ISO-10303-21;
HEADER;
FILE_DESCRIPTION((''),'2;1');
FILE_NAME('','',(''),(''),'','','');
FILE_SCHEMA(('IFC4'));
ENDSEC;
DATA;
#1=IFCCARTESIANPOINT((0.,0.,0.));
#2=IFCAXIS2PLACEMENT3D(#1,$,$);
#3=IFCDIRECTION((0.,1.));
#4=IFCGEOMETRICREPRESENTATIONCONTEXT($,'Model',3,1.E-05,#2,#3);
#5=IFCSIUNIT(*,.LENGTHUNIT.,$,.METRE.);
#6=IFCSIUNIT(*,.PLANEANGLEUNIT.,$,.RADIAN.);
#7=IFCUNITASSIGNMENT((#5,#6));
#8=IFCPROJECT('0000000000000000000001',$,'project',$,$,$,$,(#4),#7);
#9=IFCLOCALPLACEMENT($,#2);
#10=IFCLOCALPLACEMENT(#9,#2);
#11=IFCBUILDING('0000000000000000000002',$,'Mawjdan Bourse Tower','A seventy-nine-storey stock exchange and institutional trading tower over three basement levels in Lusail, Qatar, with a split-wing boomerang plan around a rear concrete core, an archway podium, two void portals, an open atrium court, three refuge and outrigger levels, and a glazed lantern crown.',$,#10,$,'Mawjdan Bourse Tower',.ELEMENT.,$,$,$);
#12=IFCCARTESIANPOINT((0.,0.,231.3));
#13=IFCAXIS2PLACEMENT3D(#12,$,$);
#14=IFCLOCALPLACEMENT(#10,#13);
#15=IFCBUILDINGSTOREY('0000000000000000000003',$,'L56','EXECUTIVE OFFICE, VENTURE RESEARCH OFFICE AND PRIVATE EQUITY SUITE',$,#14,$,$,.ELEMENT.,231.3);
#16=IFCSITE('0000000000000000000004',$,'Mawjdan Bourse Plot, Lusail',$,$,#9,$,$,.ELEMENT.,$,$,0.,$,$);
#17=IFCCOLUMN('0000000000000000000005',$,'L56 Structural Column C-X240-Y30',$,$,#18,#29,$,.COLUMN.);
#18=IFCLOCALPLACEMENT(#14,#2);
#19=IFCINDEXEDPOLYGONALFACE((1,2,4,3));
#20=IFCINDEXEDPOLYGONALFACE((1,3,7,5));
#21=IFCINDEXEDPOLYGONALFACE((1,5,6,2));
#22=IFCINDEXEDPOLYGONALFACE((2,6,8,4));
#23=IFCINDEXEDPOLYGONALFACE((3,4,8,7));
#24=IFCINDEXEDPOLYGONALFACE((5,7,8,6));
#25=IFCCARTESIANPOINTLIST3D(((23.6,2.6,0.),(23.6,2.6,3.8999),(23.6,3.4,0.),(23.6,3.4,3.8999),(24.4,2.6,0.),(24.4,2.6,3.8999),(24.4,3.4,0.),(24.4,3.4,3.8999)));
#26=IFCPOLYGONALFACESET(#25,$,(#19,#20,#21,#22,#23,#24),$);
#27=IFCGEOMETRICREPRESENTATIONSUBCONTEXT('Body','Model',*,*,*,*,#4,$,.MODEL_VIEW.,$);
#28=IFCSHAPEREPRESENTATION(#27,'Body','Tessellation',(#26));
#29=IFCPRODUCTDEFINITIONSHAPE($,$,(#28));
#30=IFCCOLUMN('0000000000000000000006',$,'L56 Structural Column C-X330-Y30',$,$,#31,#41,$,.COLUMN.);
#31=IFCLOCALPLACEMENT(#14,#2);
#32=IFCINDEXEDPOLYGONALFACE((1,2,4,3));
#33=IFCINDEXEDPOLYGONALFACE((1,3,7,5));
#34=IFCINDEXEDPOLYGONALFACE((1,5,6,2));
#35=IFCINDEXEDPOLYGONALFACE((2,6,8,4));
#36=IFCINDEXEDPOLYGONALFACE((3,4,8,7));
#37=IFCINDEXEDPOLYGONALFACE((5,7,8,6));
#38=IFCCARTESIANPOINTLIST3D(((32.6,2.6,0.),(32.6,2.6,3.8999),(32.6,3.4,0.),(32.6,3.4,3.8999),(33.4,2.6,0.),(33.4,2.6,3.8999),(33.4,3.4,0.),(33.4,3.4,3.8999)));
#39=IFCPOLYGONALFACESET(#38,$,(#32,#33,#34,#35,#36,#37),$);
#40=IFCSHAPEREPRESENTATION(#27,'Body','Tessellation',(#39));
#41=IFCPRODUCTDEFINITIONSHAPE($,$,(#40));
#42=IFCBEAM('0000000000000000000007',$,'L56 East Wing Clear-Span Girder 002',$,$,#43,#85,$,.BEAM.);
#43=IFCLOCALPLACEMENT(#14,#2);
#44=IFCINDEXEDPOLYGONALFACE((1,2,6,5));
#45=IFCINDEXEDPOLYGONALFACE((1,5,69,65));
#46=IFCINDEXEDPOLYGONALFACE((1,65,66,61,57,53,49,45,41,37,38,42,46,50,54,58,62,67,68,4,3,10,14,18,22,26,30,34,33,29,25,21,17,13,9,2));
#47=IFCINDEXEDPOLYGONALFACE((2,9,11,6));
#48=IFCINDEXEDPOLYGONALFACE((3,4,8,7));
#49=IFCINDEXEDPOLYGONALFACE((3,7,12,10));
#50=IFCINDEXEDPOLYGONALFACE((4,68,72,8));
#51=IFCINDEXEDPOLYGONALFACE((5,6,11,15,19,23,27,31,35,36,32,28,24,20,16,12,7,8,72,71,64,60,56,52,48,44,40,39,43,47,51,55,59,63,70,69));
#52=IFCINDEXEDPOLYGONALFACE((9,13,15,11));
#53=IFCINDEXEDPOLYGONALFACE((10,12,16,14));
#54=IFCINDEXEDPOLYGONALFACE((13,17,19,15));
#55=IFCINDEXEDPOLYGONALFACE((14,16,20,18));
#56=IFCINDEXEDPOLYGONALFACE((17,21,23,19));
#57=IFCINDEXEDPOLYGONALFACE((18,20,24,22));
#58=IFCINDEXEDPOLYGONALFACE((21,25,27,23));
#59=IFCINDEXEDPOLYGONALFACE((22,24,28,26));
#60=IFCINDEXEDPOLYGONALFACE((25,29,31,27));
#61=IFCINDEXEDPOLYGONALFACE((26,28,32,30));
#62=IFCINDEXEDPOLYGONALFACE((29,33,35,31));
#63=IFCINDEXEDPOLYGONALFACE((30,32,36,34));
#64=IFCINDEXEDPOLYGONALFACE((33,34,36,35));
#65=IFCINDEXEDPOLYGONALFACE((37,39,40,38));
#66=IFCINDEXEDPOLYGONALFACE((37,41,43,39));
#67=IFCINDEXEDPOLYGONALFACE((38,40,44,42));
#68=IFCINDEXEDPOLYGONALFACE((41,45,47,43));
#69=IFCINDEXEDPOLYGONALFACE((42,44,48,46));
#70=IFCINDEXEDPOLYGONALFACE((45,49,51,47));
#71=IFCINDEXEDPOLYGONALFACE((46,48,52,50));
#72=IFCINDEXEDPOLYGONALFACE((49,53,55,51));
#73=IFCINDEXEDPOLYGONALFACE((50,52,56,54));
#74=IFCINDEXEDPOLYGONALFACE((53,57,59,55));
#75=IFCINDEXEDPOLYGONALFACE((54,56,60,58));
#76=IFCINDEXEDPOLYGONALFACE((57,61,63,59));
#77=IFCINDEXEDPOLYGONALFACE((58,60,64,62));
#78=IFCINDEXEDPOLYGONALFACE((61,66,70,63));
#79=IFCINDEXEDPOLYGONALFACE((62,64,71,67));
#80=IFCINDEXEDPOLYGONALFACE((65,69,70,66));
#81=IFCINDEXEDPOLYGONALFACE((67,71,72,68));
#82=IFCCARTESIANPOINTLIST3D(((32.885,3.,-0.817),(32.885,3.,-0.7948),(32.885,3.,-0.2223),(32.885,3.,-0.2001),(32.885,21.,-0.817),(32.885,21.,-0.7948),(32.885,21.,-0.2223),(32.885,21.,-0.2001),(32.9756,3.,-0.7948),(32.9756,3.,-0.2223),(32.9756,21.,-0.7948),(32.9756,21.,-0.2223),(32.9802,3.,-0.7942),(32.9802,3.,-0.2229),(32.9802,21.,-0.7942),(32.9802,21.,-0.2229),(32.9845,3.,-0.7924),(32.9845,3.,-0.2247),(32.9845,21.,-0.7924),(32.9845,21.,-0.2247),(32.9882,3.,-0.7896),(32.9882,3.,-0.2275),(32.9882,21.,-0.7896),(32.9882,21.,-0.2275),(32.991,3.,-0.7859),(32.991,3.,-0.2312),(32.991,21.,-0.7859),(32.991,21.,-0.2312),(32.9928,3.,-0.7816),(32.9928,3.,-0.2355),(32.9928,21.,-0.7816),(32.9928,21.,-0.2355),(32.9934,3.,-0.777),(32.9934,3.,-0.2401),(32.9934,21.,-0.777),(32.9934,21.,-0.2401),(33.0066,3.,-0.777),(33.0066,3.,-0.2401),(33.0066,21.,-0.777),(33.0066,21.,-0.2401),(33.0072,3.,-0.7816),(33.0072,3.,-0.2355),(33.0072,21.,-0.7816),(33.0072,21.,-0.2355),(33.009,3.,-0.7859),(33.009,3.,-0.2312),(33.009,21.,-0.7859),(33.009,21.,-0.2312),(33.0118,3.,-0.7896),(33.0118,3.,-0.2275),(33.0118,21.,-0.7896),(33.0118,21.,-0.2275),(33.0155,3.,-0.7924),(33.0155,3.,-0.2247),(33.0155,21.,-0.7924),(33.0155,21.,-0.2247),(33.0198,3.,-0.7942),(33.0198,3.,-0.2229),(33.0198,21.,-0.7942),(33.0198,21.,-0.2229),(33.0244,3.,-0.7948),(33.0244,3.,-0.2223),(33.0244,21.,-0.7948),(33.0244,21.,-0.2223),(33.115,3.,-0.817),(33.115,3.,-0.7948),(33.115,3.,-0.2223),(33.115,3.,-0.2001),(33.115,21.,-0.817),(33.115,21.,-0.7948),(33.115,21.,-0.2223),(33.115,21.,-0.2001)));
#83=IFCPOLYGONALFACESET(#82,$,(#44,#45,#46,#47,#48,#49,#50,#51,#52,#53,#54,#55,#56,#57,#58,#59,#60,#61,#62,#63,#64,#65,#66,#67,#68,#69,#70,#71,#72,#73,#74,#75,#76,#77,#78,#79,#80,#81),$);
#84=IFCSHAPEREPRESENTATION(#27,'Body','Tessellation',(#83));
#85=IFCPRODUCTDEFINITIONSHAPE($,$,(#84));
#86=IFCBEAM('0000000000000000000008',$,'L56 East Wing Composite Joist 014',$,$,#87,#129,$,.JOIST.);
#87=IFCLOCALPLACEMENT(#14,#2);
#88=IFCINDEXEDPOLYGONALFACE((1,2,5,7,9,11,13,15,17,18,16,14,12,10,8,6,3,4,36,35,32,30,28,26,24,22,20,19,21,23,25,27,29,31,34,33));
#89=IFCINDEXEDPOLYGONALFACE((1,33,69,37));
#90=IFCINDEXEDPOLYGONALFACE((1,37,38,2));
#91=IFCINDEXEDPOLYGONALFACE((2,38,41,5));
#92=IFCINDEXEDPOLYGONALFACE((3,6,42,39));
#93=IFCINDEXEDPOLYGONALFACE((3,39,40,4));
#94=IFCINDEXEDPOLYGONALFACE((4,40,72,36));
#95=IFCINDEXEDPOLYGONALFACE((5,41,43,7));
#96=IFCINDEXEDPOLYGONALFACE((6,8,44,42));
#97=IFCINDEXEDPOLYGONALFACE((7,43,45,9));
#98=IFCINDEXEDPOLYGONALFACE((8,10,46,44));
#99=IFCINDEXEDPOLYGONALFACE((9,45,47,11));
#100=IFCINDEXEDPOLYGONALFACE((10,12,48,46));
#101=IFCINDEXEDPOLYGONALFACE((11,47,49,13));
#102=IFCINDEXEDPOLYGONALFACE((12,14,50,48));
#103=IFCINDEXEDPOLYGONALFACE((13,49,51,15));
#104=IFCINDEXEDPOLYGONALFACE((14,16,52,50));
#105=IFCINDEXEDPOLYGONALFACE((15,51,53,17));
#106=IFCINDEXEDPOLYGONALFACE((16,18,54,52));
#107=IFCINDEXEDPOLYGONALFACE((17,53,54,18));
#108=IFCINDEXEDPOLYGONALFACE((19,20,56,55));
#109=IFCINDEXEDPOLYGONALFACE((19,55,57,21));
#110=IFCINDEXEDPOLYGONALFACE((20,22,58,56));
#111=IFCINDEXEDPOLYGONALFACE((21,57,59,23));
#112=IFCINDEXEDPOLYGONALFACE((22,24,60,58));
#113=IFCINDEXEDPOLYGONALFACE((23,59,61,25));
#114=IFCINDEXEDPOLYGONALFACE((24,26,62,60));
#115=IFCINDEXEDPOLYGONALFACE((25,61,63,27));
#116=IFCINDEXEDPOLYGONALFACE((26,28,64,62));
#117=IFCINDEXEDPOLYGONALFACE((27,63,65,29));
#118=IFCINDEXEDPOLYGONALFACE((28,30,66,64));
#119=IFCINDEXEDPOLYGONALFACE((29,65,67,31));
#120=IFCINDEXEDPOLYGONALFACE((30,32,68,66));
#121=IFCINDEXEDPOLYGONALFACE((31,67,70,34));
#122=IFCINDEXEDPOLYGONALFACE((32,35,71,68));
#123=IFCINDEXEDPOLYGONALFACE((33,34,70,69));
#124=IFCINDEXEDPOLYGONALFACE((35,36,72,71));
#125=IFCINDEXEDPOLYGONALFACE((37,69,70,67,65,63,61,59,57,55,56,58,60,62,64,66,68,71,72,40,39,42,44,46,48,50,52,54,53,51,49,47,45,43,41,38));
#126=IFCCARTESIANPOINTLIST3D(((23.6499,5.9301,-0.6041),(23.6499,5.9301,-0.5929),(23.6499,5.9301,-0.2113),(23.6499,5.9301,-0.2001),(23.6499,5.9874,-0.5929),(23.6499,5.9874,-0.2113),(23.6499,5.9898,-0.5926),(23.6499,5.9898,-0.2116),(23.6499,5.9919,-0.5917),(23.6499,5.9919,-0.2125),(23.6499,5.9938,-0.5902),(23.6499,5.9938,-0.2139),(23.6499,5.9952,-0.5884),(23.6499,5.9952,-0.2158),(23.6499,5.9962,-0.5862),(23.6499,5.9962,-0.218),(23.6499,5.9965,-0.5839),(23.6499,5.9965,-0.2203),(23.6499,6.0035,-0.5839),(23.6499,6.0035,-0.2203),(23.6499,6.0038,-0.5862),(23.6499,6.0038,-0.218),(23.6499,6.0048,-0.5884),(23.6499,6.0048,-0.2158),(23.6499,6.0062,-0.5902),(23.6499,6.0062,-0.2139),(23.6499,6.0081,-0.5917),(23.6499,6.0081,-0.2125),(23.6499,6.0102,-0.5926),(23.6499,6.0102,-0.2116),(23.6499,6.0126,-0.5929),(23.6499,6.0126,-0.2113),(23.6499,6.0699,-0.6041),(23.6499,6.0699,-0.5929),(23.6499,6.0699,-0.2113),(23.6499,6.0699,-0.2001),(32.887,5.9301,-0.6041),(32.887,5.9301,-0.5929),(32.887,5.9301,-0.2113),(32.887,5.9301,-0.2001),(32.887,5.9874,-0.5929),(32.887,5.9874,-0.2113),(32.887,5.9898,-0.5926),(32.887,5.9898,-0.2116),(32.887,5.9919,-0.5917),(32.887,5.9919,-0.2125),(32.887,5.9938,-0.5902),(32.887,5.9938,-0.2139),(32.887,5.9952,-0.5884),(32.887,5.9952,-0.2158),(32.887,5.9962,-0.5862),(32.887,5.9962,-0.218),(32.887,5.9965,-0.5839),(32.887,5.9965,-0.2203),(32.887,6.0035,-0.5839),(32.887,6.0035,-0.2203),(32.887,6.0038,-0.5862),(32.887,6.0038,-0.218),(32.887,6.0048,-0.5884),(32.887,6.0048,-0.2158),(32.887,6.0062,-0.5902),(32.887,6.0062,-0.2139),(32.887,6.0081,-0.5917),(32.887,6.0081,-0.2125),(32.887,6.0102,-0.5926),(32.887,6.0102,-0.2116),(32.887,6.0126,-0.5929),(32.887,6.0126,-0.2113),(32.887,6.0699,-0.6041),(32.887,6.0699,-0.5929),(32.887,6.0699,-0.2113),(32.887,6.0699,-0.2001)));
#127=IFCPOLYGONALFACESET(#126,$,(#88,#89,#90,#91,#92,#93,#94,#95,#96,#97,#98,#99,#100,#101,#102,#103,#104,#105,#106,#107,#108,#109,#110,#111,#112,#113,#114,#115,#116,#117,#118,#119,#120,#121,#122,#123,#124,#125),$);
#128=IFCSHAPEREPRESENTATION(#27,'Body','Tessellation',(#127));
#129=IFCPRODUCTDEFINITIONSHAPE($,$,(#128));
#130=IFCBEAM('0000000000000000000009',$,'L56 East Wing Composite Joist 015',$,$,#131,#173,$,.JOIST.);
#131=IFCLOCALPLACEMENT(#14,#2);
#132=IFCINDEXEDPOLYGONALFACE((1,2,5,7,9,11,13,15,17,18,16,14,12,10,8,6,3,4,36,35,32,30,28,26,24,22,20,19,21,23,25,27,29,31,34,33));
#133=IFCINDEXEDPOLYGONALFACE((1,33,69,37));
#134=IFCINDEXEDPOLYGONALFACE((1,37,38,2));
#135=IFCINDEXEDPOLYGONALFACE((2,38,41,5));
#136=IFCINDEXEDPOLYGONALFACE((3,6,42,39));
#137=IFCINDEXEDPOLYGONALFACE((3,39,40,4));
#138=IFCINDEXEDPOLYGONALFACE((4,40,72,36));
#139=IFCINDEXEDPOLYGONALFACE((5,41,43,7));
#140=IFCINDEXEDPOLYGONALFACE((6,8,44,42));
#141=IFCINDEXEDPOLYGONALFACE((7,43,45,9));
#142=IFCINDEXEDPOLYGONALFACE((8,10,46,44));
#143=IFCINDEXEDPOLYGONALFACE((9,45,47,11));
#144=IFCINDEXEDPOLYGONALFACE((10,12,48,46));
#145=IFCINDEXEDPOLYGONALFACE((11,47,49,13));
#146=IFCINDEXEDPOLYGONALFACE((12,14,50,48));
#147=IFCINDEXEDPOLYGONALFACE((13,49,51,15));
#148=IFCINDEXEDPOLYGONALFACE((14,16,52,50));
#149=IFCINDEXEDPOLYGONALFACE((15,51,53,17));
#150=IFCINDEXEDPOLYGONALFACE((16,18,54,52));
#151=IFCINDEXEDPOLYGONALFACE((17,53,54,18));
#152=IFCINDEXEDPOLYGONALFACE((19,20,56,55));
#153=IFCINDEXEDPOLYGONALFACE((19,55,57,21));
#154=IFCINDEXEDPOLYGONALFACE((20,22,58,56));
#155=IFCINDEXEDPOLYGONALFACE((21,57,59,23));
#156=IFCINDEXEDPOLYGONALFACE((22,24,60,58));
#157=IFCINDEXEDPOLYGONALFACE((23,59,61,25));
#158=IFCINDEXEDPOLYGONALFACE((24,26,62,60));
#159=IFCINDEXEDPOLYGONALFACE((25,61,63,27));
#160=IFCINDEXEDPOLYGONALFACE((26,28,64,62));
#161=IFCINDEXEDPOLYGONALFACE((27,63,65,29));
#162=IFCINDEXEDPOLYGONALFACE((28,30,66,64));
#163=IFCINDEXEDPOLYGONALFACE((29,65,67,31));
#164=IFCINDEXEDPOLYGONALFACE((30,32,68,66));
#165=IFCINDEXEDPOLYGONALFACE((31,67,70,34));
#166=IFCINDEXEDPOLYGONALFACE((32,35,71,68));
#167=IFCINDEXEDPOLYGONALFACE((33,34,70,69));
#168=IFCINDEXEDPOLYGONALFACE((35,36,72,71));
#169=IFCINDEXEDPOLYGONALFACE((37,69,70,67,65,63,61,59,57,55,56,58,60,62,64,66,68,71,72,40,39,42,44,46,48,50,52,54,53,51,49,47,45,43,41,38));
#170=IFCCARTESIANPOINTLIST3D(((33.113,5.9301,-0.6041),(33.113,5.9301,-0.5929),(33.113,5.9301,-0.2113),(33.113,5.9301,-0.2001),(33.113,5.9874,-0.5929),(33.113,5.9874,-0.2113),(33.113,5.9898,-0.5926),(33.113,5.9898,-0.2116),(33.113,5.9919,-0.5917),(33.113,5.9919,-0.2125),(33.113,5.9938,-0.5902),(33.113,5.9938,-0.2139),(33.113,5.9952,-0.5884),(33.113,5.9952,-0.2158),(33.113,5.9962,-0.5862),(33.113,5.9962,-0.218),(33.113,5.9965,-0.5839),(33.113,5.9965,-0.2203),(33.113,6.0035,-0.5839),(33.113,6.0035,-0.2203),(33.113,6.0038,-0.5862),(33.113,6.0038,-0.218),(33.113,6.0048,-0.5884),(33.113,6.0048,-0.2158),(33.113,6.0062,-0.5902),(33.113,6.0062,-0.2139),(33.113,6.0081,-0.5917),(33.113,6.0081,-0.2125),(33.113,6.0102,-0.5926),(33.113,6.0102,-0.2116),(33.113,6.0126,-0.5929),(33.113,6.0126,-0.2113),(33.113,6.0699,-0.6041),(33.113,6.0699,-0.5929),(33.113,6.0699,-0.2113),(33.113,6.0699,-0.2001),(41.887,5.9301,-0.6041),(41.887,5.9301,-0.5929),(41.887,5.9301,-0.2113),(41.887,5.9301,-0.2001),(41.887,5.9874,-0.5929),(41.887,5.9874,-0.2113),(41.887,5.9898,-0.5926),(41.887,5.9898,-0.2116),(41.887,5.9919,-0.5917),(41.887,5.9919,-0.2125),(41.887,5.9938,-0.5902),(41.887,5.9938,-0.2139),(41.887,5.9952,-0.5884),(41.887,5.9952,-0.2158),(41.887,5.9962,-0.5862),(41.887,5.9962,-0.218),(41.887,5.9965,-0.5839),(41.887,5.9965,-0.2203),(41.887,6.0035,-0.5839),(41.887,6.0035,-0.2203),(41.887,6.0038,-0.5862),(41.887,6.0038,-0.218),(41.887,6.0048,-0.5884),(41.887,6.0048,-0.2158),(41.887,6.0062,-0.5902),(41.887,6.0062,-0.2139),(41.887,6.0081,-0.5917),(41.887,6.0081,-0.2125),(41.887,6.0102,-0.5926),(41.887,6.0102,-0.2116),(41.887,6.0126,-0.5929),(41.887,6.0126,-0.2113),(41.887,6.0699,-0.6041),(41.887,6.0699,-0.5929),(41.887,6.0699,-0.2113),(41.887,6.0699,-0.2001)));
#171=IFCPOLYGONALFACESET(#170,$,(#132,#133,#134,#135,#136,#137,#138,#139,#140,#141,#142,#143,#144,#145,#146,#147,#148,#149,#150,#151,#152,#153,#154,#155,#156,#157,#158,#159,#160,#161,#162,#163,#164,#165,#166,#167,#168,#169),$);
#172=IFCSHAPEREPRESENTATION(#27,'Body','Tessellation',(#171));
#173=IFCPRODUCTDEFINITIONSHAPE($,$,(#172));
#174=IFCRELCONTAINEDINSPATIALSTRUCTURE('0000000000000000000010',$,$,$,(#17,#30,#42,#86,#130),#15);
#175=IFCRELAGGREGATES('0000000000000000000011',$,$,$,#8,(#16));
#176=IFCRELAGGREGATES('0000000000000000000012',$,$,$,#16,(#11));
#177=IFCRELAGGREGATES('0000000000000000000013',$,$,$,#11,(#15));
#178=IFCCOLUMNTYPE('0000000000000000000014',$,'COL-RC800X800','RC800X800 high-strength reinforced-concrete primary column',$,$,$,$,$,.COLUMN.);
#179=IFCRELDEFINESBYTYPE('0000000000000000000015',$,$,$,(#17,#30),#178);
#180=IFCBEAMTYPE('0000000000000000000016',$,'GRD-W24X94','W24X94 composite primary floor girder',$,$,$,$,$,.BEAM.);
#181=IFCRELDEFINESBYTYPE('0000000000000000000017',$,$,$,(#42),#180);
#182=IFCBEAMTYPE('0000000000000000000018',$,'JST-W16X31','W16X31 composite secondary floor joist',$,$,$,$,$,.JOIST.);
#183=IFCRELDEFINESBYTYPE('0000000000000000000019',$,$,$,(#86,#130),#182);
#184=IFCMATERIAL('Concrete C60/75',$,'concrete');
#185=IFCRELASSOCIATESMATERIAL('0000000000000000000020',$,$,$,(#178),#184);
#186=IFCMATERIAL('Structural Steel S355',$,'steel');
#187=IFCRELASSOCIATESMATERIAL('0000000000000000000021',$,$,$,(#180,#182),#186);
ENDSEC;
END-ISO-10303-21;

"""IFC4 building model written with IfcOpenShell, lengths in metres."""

from ifc_helpers import new_model, si_unit, direction, frame, origin, origin_2d, place, context, subcontext, project, spatial, rectangle, i_section, extrude, material, material_profile, profile_set, type_object, element, save


model = new_model("IFC4")

# Units and contexts
model_context = context("Model", 3, precision=1e-05, world=origin(), true_north=direction((0.0, 1.0)))
body_context = subcontext(model_context, "Body", "Model", "MODEL_VIEW")
ifc_project = project(units=[si_unit("LENGTHUNIT", "METRE"), si_unit("PLANEANGLEUNIT", "RADIAN")], contexts=[model_context])

# Site, building, storey
site_placement = place(None, origin())
site = spatial("IfcSite", under=ifc_project, at=site_placement, Name="Mawjdan Bourse Plot, Lusail", CompositionType="ELEMENT", RefElevation=0.0)
building_placement = place(site_placement, origin())
building = spatial("IfcBuilding", under=site, at=building_placement, Name="Mawjdan Bourse Tower", Description="A seventy-nine-storey stock exchange and institutional trading tower over three basement levels in Lusail, Qatar, with a split-wing boomerang plan around a rear concrete core, an archway podium, two void portals, an open atrium court, three refuge and outrigger levels, and a glazed lantern crown.", LongName="Mawjdan Bourse Tower", CompositionType="ELEMENT")
storey_placement = place(building_placement, frame((0.0, 0.0, 231.3)))
storey = spatial("IfcBuildingStorey", under=building, at=storey_placement, Name="L56", Description="EXECUTIVE OFFICE, VENTURE RESEARCH OFFICE AND PRIVATE EQUITY SUITE", CompositionType="ELEMENT", Elevation=231.3)

# Columns
ifc_material_1 = material(Name="Concrete C60/75", Category="concrete")
ifc_material_profile_1 = material_profile(ifc_material_1, rectangle(XDim=0.8, YDim=0.8, at=origin_2d()), Name="RC800X800")
ifc_profile_set_1 = profile_set([ifc_material_profile_1], Name="Concrete C60/75")
column_type = type_object("IfcColumnType", Name="COL-RC800X800", Description="RC800X800 high-strength reinforced-concrete primary column", PredefinedType="COLUMN", material=ifc_profile_set_1)
for number, where, z_axis, x_axis, name in (
    (1, (24.0, 3.0, 0.0), (0.0, 0.0, 1.0), (1.0, 0.0, 0.0), "L56 Structural Column C-X240-Y30"),
    (2, (33.0, 3.0, 0.0), (0.0, 0.0, 1.0), (1.0, 0.0, 0.0), "L56 Structural Column C-X330-Y30"),
):
    element("IfcColumn", number, at=place(storey_placement, frame(where, z_axis=z_axis, x_axis=x_axis)), inside=storey, type_object=column_type, Name=name, PredefinedType="COLUMN", context=body_context, shape_type="SweptSolid", body=[
        extrude(rectangle(XDim=0.8, YDim=0.8, at=origin_2d()), origin(), (0.0, 0.0, 1.0), 3.8999),
    ])

# Beams
ifc_material_2 = material(Name="Structural Steel S355", Category="steel")
ifc_material_profile_2 = material_profile(ifc_material_2, i_section(OverallWidth=0.23, OverallDepth=0.6169, WebThickness=0.0132, FlangeThickness=0.0222, FilletRadius=0.0178, at=origin_2d()), Name="W24X94")
ifc_profile_set_2 = profile_set([ifc_material_profile_2], Name="Structural Steel S355")
beam_type_1 = type_object("IfcBeamType", Name="GRD-W24X94", Description="W24X94 composite primary floor girder", PredefinedType="BEAM", material=ifc_profile_set_2)
beam_1_placement = place(storey_placement, frame((33.0, 3.0, -0.5085), z_axis=(0.0, 1.0, 0.0), x_axis=(-1.0, 0.0, 0.0)))
element("IfcBeam", 3, at=beam_1_placement, inside=storey, type_object=beam_type_1, Name="L56 East Wing Clear-Span Girder 002", PredefinedType="BEAM", context=body_context, shape_type="SweptSolid", body=[
    extrude(i_section(OverallWidth=0.23, OverallDepth=0.6169, WebThickness=0.0132, FlangeThickness=0.0222, FilletRadius=0.0178, at=origin_2d()), origin(), (0.0, 0.0, 1.0), 18.0),
])
ifc_material_profile_3 = material_profile(ifc_material_2, i_section(OverallWidth=0.1399, OverallDepth=0.4041, WebThickness=0.0071, FlangeThickness=0.0112, FilletRadius=0.009, at=origin_2d()), Name="W16X31")
ifc_profile_set_3 = profile_set([ifc_material_profile_3], Name="Structural Steel S355")
beam_type_2 = type_object("IfcBeamType", Name="JST-W16X31", Description="W16X31 composite secondary floor joist", PredefinedType="JOIST", material=ifc_profile_set_3)
beam_2_placement = place(storey_placement, frame((23.6499, 6.0, -0.4021), z_axis=(1.0, 0.0, 0.0), x_axis=(0.0, 1.0, 0.0)))
element("IfcBeam", 4, at=beam_2_placement, inside=storey, type_object=beam_type_2, Name="L56 East Wing Composite Joist 014", PredefinedType="JOIST", context=body_context, shape_type="SweptSolid", body=[
    extrude(i_section(OverallWidth=0.1399, OverallDepth=0.4041, WebThickness=0.0071, FlangeThickness=0.0112, FilletRadius=0.009, at=origin_2d()), origin(), (0.0, 0.0, 1.0), 9.2371),
])
beam_3_placement = place(storey_placement, frame((33.113, 6.0, -0.4021), z_axis=(1.0, 0.0, 0.0), x_axis=(0.0, 1.0, 0.0)))
element("IfcBeam", 5, at=beam_3_placement, inside=storey, type_object=beam_type_2, Name="L56 East Wing Composite Joist 015", PredefinedType="JOIST", context=body_context, shape_type="SweptSolid", body=[
    extrude(i_section(OverallWidth=0.1399, OverallDepth=0.4041, WebThickness=0.0071, FlangeThickness=0.0112, FilletRadius=0.009, at=origin_2d()), origin(), (0.0, 0.0, 1.0), 8.7739),
])

save(model, "model.ifc")
